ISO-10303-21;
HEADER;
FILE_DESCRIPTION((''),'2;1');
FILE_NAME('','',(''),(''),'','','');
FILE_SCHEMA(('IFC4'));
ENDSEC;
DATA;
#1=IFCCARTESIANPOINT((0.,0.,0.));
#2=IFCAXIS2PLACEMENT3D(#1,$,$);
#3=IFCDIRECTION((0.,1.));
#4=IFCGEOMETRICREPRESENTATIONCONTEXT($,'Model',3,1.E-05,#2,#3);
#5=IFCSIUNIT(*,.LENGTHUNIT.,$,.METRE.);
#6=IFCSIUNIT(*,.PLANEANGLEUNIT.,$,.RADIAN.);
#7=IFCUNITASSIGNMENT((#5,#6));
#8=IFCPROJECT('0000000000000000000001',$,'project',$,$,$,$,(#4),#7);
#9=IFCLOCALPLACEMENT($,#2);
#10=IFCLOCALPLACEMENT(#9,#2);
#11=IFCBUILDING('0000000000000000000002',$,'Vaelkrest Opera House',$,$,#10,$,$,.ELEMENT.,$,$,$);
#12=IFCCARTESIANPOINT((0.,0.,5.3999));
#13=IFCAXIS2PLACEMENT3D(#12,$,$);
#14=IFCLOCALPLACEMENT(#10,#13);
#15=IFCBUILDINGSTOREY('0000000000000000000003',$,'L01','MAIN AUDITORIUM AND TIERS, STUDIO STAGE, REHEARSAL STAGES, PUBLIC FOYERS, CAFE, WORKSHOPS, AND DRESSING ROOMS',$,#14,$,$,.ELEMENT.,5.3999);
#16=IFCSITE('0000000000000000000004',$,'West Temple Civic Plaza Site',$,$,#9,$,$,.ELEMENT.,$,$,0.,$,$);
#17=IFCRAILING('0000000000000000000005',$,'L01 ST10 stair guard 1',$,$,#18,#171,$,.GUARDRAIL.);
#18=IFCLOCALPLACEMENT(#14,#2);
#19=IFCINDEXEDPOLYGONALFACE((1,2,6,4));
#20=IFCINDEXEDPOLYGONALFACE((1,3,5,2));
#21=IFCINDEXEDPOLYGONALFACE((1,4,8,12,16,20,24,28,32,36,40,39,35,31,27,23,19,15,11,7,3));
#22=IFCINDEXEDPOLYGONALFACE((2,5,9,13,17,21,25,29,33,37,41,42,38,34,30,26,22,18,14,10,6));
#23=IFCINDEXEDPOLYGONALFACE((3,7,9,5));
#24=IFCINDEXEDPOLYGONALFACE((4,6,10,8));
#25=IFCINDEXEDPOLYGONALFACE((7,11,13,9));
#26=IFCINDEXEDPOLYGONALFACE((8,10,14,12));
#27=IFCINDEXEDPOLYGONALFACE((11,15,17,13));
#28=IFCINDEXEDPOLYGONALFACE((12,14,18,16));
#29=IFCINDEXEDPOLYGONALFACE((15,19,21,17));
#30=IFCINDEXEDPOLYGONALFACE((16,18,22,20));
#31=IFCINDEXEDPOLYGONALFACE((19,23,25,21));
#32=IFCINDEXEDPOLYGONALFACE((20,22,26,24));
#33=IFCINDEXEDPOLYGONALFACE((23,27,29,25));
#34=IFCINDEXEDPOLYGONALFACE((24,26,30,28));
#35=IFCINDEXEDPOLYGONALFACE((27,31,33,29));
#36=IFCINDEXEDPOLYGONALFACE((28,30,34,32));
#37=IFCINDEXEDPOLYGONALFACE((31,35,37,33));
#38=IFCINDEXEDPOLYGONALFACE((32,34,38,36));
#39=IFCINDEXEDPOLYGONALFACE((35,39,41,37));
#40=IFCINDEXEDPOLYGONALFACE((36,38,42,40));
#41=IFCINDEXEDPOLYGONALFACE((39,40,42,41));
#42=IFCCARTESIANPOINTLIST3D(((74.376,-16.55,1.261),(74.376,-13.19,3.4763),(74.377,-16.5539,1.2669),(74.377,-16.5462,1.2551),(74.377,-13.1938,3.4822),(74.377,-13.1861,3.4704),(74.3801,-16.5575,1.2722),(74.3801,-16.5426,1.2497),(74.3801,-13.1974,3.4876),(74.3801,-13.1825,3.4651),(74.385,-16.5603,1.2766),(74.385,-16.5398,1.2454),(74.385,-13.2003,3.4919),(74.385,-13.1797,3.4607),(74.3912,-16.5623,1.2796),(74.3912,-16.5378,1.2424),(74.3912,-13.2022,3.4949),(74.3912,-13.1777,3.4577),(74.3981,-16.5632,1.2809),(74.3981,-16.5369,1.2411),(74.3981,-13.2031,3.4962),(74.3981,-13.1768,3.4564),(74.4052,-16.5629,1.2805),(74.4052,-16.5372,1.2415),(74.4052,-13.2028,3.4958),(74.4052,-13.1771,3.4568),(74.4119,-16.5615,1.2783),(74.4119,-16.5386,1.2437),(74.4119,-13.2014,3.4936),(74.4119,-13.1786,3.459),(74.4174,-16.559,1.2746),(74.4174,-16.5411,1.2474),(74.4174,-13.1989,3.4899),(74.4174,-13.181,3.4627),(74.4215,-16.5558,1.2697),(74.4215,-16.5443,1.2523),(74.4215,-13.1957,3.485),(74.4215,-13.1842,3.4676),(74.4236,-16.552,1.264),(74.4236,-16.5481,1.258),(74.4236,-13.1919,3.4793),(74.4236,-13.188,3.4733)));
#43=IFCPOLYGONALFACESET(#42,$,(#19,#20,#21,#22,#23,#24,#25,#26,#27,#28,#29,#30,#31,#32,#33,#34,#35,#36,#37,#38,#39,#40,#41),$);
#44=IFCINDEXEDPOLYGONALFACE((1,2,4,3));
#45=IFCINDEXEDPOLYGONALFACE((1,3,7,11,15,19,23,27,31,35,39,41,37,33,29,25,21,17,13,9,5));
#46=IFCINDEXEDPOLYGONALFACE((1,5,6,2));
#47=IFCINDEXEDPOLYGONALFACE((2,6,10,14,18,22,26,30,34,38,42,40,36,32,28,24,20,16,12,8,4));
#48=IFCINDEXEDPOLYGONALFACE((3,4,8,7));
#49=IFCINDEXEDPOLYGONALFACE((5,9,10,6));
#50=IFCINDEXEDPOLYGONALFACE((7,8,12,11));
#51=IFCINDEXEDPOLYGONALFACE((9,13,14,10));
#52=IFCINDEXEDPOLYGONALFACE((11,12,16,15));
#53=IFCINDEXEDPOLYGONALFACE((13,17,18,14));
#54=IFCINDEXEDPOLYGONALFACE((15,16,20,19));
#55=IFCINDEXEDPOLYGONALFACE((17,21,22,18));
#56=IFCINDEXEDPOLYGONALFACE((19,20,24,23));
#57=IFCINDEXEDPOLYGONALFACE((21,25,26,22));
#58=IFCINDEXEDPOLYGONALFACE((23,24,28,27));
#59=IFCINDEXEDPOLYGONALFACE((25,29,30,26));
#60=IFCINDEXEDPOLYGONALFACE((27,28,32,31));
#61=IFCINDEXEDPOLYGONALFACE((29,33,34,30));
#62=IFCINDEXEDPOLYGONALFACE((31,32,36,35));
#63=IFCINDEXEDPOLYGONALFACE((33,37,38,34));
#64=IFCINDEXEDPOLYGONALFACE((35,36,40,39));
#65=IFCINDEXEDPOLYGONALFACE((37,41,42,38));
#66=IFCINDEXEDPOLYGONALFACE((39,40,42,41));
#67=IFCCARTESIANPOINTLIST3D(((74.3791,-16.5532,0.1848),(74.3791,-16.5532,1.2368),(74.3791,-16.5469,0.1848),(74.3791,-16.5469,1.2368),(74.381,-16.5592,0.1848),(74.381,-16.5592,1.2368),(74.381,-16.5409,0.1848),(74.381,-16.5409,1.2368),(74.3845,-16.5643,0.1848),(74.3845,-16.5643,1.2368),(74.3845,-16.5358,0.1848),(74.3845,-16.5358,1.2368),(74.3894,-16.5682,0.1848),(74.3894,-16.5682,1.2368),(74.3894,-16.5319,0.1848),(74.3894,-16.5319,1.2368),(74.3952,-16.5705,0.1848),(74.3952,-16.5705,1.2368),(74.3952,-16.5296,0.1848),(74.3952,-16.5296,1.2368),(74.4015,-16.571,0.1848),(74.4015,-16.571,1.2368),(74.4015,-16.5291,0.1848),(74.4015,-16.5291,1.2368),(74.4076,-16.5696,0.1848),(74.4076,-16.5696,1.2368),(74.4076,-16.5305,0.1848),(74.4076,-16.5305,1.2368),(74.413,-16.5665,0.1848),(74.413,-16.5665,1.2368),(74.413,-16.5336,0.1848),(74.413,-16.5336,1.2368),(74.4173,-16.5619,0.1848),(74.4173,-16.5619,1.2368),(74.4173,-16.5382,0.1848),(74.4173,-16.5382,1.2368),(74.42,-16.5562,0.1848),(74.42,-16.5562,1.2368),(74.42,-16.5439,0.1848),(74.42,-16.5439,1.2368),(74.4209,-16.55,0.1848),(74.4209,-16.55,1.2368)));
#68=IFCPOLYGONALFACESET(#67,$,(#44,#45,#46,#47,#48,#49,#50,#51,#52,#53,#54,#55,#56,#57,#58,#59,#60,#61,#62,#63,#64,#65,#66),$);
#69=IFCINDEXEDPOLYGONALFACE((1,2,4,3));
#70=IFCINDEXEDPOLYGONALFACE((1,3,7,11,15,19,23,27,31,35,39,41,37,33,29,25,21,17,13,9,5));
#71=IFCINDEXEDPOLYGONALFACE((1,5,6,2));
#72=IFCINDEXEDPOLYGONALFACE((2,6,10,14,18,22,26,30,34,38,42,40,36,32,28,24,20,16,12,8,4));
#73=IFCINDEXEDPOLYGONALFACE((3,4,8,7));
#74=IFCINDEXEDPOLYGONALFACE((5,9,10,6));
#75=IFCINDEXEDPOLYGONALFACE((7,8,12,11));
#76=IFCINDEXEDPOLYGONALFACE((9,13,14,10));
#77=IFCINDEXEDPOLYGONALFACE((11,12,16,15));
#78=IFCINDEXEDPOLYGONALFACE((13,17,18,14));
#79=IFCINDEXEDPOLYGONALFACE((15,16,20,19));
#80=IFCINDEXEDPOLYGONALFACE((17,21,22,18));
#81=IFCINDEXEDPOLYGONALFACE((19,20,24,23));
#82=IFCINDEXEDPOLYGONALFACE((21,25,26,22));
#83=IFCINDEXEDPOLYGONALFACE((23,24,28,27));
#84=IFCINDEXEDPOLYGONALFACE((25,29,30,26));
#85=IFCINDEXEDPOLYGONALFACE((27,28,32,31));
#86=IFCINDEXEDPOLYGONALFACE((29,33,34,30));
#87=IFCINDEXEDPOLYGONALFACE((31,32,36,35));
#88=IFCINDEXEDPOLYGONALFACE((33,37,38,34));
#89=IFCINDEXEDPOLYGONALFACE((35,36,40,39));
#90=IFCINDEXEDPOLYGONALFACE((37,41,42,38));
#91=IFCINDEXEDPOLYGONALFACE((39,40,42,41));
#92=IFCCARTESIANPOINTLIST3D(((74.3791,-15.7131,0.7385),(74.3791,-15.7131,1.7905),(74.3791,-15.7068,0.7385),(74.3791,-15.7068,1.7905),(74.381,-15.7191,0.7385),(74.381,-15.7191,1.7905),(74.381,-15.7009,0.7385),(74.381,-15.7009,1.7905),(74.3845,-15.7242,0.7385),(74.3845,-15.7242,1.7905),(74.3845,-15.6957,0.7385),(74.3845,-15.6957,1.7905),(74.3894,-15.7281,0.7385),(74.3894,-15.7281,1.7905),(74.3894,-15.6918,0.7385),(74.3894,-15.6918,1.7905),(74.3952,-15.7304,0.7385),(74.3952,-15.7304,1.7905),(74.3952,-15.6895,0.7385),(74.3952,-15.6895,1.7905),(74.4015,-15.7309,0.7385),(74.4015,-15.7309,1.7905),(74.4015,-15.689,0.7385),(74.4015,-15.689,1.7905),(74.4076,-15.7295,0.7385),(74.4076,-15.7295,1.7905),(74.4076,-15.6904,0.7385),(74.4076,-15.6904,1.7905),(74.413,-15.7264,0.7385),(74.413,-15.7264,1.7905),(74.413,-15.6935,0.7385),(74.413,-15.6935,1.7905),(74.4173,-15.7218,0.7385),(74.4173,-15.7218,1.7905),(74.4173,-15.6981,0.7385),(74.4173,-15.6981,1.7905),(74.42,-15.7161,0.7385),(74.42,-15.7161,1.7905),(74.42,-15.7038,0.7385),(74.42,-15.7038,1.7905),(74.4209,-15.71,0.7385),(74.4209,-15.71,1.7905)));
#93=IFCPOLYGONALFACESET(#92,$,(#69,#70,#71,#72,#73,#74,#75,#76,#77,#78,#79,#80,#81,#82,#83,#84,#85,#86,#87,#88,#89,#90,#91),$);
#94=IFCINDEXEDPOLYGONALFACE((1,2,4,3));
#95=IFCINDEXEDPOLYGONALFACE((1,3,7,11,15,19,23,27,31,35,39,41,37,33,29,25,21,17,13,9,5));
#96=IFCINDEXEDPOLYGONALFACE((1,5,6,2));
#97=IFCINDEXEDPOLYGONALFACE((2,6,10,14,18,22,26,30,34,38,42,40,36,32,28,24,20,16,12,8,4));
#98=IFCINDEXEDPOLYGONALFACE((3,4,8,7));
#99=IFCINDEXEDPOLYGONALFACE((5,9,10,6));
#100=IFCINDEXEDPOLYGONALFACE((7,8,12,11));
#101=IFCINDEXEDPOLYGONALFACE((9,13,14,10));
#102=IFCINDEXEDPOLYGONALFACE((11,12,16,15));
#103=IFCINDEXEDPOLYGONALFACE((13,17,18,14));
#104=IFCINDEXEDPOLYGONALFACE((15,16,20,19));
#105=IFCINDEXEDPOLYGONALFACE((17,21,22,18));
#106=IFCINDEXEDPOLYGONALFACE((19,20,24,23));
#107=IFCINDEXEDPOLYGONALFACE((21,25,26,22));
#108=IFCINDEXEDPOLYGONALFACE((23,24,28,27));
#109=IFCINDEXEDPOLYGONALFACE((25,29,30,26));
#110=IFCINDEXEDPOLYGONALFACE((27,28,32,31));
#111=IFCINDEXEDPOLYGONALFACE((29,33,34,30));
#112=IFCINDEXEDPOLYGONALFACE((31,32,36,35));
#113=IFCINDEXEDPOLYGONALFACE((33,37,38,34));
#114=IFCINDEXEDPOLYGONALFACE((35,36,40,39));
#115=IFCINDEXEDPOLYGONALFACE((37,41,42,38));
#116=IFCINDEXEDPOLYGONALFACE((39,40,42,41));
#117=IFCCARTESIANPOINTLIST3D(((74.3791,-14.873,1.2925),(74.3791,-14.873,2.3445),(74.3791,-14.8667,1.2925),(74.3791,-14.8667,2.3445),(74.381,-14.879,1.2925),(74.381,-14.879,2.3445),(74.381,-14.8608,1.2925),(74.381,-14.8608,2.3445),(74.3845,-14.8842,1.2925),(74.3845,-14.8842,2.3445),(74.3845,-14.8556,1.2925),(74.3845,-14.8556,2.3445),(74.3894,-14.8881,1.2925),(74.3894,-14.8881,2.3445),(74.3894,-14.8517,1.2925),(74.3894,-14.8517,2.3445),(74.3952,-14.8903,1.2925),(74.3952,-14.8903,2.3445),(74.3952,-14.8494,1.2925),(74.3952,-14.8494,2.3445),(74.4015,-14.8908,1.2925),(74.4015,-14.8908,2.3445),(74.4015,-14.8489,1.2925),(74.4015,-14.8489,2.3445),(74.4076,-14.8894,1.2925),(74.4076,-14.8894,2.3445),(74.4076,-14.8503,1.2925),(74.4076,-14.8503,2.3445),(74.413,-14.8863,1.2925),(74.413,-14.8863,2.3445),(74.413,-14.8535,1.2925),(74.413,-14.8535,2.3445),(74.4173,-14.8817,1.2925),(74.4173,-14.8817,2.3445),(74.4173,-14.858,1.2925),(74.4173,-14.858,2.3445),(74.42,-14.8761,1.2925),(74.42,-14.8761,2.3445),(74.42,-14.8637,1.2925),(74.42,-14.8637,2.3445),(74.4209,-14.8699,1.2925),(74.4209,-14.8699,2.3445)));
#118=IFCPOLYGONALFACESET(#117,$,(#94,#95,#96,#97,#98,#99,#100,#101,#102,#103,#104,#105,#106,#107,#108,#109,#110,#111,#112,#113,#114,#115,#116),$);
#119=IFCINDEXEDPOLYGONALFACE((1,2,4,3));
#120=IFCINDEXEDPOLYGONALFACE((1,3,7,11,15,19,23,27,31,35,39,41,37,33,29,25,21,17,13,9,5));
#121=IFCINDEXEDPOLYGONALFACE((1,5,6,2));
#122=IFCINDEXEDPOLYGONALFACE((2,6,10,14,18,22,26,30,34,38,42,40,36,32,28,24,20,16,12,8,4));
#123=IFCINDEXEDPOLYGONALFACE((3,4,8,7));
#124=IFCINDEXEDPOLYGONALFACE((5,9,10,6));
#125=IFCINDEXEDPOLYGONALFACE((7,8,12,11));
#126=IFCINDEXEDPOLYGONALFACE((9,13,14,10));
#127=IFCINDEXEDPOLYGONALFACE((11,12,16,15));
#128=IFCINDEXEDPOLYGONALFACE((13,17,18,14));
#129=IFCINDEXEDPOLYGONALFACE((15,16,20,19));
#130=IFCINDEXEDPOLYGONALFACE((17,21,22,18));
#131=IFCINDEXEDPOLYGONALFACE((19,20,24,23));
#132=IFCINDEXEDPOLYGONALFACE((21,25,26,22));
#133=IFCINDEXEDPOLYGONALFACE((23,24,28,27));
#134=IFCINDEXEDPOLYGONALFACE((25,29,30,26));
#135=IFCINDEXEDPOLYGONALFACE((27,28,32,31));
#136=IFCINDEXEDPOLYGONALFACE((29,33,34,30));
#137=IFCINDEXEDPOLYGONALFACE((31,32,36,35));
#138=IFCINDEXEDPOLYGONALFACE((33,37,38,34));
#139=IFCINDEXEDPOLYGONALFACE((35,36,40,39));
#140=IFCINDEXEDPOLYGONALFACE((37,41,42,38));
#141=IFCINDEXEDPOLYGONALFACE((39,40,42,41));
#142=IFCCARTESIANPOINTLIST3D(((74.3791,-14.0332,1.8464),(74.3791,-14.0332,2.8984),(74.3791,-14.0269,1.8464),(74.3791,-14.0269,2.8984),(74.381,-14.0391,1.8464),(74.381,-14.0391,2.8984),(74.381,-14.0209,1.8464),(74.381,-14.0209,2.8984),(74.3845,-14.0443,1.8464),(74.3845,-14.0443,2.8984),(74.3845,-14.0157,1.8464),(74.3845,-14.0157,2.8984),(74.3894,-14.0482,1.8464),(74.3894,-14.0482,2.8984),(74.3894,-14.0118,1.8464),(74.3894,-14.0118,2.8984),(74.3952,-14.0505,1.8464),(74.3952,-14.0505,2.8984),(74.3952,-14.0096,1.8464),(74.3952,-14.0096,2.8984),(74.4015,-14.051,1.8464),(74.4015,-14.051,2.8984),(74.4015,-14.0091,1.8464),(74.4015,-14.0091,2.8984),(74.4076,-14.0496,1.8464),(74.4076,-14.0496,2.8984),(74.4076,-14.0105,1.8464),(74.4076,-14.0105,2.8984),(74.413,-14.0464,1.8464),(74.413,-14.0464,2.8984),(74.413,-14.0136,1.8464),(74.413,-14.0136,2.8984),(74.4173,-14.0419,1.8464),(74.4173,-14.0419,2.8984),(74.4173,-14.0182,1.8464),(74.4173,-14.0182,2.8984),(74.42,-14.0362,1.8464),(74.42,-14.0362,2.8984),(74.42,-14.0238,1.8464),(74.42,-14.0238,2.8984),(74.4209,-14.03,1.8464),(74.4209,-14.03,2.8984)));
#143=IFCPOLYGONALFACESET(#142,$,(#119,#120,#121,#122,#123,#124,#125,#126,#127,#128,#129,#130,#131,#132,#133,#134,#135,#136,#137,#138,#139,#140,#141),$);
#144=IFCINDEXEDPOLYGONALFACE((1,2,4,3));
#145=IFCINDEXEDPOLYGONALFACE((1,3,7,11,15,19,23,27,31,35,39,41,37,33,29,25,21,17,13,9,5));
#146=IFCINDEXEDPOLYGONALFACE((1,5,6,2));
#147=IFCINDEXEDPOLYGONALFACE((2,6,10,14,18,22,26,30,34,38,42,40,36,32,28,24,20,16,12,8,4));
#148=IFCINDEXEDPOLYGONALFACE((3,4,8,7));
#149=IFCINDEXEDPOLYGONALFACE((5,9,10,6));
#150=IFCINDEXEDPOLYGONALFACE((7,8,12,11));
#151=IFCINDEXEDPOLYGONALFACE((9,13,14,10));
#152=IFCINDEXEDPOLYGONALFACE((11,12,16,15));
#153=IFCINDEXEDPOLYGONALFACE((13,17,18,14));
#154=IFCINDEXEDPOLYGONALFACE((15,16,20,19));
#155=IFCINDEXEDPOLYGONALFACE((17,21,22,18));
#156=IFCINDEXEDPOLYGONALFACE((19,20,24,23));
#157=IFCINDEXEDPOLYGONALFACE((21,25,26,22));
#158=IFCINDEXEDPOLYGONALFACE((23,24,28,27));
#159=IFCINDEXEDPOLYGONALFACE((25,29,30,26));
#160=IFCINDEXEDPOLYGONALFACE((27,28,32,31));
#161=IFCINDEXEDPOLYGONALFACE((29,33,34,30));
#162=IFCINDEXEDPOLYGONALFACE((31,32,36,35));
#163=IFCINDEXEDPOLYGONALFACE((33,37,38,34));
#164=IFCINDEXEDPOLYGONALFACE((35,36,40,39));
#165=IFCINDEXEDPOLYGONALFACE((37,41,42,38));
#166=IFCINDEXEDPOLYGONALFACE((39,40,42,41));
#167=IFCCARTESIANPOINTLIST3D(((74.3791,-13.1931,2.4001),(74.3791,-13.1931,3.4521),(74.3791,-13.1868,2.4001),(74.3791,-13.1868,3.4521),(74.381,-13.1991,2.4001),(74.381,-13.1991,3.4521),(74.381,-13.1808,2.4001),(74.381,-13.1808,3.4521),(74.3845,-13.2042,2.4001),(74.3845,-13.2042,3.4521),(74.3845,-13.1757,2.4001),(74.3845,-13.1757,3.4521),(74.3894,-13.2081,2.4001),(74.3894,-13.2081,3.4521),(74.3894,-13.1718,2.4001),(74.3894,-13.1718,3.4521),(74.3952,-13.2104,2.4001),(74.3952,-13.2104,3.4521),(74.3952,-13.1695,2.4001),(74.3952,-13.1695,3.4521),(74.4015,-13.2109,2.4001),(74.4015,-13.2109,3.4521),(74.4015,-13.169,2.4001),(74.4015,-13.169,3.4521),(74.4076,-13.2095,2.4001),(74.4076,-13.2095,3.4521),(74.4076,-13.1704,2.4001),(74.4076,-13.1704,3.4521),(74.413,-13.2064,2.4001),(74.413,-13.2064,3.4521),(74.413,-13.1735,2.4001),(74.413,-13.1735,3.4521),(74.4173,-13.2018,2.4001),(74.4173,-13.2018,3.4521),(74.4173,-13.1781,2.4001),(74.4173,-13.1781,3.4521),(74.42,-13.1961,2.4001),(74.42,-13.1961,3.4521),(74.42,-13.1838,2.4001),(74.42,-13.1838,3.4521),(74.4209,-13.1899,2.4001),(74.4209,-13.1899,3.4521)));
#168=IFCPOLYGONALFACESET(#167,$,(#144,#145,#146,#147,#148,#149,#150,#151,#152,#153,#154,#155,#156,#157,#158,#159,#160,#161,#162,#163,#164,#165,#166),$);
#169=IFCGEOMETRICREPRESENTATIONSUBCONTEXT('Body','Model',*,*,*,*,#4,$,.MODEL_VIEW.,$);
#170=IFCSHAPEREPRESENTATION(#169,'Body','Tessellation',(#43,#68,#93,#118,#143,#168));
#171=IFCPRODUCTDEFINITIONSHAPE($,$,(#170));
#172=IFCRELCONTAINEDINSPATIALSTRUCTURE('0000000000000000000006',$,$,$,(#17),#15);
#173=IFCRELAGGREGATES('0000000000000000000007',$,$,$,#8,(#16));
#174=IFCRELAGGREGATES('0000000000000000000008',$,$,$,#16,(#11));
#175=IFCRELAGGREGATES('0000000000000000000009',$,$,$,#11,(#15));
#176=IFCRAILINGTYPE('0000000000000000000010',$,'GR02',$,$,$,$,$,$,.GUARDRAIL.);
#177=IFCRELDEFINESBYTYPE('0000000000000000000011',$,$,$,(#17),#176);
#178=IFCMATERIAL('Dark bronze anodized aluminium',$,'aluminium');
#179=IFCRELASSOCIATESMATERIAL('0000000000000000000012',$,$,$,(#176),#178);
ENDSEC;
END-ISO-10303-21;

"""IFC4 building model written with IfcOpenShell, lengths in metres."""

from ifc_helpers import new_model, si_unit, direction, frame, origin, origin_2d, place, context, subcontext, project, spatial, circle, extrude, material, type_object, element, save


model = new_model("IFC4")

# Units and contexts
model_context = context("Model", 3, precision=1e-05, world=origin(), true_north=direction((0.0, 1.0)))
body_context = subcontext(model_context, "Body", "Model", "MODEL_VIEW")
ifc_project = project(units=[si_unit("LENGTHUNIT", "METRE"), si_unit("PLANEANGLEUNIT", "RADIAN")], contexts=[model_context])

# Site, building, storey
site_placement = place(None, origin())
site = spatial("IfcSite", under=ifc_project, at=site_placement, Name="West Temple Civic Plaza Site", CompositionType="ELEMENT", RefElevation=0.0)
building_placement = place(site_placement, origin())
building = spatial("IfcBuilding", under=site, at=building_placement, Name="Vaelkrest Opera House", CompositionType="ELEMENT")
storey_placement = place(building_placement, frame((0.0, 0.0, 5.3999)))
storey = spatial("IfcBuildingStorey", under=building, at=storey_placement, Name="L01", Description="MAIN AUDITORIUM AND TIERS, STUDIO STAGE, REHEARSAL STAGES, PUBLIC FOYERS, CAFE, WORKSHOPS, AND DRESSING ROOMS", CompositionType="ELEMENT", Elevation=5.3999)

# Railing
ifc_material_1 = material(Name="Dark bronze anodized aluminium", Category="aluminium")
railing_type_1 = type_object("IfcRailingType", Name="GR02", PredefinedType="GUARDRAIL", material=ifc_material_1)
railing_1_placement = place(storey_placement, frame((74.3999, -16.55, 0.1848)))
element("IfcRailing", 1, at=railing_1_placement, inside=storey, type_object=railing_type_1, Name="L01 ST10 stair guard 1", PredefinedType="GUARDRAIL", context=body_context, shape_type="SweptSolid", body=[
    extrude(circle(Radius=0.0239, at=origin_2d()), frame((0.0, 0.0, 1.0762), z_axis=(0.0, 0.834876, 0.550437), x_axis=(-1.0, 0.0, 0.0)), (0.0, 0.0, 1.0), 4.0247),
    extrude(circle(Radius=0.021, at=origin_2d()), origin(), (0.0, 0.0, 1.0), 1.052),
    extrude(circle(Radius=0.021, at=origin_2d()), frame((0.0, 0.8401, 0.5537)), (0.0, 0.0, 1.0), 1.052),
    extrude(circle(Radius=0.021, at=origin_2d()), frame((0.0, 1.6802, 1.1077)), (0.0, 0.0, 1.0), 1.052),
    extrude(circle(Radius=0.021, at=origin_2d()), frame((0.0, 2.52, 1.6616)), (0.0, 0.0, 1.0), 1.052),
    extrude(circle(Radius=0.021, at=origin_2d()), frame((0.0, 3.3601, 2.2153)), (0.0, 0.0, 1.0), 1.052),
])

save(model, "model.ifc")
